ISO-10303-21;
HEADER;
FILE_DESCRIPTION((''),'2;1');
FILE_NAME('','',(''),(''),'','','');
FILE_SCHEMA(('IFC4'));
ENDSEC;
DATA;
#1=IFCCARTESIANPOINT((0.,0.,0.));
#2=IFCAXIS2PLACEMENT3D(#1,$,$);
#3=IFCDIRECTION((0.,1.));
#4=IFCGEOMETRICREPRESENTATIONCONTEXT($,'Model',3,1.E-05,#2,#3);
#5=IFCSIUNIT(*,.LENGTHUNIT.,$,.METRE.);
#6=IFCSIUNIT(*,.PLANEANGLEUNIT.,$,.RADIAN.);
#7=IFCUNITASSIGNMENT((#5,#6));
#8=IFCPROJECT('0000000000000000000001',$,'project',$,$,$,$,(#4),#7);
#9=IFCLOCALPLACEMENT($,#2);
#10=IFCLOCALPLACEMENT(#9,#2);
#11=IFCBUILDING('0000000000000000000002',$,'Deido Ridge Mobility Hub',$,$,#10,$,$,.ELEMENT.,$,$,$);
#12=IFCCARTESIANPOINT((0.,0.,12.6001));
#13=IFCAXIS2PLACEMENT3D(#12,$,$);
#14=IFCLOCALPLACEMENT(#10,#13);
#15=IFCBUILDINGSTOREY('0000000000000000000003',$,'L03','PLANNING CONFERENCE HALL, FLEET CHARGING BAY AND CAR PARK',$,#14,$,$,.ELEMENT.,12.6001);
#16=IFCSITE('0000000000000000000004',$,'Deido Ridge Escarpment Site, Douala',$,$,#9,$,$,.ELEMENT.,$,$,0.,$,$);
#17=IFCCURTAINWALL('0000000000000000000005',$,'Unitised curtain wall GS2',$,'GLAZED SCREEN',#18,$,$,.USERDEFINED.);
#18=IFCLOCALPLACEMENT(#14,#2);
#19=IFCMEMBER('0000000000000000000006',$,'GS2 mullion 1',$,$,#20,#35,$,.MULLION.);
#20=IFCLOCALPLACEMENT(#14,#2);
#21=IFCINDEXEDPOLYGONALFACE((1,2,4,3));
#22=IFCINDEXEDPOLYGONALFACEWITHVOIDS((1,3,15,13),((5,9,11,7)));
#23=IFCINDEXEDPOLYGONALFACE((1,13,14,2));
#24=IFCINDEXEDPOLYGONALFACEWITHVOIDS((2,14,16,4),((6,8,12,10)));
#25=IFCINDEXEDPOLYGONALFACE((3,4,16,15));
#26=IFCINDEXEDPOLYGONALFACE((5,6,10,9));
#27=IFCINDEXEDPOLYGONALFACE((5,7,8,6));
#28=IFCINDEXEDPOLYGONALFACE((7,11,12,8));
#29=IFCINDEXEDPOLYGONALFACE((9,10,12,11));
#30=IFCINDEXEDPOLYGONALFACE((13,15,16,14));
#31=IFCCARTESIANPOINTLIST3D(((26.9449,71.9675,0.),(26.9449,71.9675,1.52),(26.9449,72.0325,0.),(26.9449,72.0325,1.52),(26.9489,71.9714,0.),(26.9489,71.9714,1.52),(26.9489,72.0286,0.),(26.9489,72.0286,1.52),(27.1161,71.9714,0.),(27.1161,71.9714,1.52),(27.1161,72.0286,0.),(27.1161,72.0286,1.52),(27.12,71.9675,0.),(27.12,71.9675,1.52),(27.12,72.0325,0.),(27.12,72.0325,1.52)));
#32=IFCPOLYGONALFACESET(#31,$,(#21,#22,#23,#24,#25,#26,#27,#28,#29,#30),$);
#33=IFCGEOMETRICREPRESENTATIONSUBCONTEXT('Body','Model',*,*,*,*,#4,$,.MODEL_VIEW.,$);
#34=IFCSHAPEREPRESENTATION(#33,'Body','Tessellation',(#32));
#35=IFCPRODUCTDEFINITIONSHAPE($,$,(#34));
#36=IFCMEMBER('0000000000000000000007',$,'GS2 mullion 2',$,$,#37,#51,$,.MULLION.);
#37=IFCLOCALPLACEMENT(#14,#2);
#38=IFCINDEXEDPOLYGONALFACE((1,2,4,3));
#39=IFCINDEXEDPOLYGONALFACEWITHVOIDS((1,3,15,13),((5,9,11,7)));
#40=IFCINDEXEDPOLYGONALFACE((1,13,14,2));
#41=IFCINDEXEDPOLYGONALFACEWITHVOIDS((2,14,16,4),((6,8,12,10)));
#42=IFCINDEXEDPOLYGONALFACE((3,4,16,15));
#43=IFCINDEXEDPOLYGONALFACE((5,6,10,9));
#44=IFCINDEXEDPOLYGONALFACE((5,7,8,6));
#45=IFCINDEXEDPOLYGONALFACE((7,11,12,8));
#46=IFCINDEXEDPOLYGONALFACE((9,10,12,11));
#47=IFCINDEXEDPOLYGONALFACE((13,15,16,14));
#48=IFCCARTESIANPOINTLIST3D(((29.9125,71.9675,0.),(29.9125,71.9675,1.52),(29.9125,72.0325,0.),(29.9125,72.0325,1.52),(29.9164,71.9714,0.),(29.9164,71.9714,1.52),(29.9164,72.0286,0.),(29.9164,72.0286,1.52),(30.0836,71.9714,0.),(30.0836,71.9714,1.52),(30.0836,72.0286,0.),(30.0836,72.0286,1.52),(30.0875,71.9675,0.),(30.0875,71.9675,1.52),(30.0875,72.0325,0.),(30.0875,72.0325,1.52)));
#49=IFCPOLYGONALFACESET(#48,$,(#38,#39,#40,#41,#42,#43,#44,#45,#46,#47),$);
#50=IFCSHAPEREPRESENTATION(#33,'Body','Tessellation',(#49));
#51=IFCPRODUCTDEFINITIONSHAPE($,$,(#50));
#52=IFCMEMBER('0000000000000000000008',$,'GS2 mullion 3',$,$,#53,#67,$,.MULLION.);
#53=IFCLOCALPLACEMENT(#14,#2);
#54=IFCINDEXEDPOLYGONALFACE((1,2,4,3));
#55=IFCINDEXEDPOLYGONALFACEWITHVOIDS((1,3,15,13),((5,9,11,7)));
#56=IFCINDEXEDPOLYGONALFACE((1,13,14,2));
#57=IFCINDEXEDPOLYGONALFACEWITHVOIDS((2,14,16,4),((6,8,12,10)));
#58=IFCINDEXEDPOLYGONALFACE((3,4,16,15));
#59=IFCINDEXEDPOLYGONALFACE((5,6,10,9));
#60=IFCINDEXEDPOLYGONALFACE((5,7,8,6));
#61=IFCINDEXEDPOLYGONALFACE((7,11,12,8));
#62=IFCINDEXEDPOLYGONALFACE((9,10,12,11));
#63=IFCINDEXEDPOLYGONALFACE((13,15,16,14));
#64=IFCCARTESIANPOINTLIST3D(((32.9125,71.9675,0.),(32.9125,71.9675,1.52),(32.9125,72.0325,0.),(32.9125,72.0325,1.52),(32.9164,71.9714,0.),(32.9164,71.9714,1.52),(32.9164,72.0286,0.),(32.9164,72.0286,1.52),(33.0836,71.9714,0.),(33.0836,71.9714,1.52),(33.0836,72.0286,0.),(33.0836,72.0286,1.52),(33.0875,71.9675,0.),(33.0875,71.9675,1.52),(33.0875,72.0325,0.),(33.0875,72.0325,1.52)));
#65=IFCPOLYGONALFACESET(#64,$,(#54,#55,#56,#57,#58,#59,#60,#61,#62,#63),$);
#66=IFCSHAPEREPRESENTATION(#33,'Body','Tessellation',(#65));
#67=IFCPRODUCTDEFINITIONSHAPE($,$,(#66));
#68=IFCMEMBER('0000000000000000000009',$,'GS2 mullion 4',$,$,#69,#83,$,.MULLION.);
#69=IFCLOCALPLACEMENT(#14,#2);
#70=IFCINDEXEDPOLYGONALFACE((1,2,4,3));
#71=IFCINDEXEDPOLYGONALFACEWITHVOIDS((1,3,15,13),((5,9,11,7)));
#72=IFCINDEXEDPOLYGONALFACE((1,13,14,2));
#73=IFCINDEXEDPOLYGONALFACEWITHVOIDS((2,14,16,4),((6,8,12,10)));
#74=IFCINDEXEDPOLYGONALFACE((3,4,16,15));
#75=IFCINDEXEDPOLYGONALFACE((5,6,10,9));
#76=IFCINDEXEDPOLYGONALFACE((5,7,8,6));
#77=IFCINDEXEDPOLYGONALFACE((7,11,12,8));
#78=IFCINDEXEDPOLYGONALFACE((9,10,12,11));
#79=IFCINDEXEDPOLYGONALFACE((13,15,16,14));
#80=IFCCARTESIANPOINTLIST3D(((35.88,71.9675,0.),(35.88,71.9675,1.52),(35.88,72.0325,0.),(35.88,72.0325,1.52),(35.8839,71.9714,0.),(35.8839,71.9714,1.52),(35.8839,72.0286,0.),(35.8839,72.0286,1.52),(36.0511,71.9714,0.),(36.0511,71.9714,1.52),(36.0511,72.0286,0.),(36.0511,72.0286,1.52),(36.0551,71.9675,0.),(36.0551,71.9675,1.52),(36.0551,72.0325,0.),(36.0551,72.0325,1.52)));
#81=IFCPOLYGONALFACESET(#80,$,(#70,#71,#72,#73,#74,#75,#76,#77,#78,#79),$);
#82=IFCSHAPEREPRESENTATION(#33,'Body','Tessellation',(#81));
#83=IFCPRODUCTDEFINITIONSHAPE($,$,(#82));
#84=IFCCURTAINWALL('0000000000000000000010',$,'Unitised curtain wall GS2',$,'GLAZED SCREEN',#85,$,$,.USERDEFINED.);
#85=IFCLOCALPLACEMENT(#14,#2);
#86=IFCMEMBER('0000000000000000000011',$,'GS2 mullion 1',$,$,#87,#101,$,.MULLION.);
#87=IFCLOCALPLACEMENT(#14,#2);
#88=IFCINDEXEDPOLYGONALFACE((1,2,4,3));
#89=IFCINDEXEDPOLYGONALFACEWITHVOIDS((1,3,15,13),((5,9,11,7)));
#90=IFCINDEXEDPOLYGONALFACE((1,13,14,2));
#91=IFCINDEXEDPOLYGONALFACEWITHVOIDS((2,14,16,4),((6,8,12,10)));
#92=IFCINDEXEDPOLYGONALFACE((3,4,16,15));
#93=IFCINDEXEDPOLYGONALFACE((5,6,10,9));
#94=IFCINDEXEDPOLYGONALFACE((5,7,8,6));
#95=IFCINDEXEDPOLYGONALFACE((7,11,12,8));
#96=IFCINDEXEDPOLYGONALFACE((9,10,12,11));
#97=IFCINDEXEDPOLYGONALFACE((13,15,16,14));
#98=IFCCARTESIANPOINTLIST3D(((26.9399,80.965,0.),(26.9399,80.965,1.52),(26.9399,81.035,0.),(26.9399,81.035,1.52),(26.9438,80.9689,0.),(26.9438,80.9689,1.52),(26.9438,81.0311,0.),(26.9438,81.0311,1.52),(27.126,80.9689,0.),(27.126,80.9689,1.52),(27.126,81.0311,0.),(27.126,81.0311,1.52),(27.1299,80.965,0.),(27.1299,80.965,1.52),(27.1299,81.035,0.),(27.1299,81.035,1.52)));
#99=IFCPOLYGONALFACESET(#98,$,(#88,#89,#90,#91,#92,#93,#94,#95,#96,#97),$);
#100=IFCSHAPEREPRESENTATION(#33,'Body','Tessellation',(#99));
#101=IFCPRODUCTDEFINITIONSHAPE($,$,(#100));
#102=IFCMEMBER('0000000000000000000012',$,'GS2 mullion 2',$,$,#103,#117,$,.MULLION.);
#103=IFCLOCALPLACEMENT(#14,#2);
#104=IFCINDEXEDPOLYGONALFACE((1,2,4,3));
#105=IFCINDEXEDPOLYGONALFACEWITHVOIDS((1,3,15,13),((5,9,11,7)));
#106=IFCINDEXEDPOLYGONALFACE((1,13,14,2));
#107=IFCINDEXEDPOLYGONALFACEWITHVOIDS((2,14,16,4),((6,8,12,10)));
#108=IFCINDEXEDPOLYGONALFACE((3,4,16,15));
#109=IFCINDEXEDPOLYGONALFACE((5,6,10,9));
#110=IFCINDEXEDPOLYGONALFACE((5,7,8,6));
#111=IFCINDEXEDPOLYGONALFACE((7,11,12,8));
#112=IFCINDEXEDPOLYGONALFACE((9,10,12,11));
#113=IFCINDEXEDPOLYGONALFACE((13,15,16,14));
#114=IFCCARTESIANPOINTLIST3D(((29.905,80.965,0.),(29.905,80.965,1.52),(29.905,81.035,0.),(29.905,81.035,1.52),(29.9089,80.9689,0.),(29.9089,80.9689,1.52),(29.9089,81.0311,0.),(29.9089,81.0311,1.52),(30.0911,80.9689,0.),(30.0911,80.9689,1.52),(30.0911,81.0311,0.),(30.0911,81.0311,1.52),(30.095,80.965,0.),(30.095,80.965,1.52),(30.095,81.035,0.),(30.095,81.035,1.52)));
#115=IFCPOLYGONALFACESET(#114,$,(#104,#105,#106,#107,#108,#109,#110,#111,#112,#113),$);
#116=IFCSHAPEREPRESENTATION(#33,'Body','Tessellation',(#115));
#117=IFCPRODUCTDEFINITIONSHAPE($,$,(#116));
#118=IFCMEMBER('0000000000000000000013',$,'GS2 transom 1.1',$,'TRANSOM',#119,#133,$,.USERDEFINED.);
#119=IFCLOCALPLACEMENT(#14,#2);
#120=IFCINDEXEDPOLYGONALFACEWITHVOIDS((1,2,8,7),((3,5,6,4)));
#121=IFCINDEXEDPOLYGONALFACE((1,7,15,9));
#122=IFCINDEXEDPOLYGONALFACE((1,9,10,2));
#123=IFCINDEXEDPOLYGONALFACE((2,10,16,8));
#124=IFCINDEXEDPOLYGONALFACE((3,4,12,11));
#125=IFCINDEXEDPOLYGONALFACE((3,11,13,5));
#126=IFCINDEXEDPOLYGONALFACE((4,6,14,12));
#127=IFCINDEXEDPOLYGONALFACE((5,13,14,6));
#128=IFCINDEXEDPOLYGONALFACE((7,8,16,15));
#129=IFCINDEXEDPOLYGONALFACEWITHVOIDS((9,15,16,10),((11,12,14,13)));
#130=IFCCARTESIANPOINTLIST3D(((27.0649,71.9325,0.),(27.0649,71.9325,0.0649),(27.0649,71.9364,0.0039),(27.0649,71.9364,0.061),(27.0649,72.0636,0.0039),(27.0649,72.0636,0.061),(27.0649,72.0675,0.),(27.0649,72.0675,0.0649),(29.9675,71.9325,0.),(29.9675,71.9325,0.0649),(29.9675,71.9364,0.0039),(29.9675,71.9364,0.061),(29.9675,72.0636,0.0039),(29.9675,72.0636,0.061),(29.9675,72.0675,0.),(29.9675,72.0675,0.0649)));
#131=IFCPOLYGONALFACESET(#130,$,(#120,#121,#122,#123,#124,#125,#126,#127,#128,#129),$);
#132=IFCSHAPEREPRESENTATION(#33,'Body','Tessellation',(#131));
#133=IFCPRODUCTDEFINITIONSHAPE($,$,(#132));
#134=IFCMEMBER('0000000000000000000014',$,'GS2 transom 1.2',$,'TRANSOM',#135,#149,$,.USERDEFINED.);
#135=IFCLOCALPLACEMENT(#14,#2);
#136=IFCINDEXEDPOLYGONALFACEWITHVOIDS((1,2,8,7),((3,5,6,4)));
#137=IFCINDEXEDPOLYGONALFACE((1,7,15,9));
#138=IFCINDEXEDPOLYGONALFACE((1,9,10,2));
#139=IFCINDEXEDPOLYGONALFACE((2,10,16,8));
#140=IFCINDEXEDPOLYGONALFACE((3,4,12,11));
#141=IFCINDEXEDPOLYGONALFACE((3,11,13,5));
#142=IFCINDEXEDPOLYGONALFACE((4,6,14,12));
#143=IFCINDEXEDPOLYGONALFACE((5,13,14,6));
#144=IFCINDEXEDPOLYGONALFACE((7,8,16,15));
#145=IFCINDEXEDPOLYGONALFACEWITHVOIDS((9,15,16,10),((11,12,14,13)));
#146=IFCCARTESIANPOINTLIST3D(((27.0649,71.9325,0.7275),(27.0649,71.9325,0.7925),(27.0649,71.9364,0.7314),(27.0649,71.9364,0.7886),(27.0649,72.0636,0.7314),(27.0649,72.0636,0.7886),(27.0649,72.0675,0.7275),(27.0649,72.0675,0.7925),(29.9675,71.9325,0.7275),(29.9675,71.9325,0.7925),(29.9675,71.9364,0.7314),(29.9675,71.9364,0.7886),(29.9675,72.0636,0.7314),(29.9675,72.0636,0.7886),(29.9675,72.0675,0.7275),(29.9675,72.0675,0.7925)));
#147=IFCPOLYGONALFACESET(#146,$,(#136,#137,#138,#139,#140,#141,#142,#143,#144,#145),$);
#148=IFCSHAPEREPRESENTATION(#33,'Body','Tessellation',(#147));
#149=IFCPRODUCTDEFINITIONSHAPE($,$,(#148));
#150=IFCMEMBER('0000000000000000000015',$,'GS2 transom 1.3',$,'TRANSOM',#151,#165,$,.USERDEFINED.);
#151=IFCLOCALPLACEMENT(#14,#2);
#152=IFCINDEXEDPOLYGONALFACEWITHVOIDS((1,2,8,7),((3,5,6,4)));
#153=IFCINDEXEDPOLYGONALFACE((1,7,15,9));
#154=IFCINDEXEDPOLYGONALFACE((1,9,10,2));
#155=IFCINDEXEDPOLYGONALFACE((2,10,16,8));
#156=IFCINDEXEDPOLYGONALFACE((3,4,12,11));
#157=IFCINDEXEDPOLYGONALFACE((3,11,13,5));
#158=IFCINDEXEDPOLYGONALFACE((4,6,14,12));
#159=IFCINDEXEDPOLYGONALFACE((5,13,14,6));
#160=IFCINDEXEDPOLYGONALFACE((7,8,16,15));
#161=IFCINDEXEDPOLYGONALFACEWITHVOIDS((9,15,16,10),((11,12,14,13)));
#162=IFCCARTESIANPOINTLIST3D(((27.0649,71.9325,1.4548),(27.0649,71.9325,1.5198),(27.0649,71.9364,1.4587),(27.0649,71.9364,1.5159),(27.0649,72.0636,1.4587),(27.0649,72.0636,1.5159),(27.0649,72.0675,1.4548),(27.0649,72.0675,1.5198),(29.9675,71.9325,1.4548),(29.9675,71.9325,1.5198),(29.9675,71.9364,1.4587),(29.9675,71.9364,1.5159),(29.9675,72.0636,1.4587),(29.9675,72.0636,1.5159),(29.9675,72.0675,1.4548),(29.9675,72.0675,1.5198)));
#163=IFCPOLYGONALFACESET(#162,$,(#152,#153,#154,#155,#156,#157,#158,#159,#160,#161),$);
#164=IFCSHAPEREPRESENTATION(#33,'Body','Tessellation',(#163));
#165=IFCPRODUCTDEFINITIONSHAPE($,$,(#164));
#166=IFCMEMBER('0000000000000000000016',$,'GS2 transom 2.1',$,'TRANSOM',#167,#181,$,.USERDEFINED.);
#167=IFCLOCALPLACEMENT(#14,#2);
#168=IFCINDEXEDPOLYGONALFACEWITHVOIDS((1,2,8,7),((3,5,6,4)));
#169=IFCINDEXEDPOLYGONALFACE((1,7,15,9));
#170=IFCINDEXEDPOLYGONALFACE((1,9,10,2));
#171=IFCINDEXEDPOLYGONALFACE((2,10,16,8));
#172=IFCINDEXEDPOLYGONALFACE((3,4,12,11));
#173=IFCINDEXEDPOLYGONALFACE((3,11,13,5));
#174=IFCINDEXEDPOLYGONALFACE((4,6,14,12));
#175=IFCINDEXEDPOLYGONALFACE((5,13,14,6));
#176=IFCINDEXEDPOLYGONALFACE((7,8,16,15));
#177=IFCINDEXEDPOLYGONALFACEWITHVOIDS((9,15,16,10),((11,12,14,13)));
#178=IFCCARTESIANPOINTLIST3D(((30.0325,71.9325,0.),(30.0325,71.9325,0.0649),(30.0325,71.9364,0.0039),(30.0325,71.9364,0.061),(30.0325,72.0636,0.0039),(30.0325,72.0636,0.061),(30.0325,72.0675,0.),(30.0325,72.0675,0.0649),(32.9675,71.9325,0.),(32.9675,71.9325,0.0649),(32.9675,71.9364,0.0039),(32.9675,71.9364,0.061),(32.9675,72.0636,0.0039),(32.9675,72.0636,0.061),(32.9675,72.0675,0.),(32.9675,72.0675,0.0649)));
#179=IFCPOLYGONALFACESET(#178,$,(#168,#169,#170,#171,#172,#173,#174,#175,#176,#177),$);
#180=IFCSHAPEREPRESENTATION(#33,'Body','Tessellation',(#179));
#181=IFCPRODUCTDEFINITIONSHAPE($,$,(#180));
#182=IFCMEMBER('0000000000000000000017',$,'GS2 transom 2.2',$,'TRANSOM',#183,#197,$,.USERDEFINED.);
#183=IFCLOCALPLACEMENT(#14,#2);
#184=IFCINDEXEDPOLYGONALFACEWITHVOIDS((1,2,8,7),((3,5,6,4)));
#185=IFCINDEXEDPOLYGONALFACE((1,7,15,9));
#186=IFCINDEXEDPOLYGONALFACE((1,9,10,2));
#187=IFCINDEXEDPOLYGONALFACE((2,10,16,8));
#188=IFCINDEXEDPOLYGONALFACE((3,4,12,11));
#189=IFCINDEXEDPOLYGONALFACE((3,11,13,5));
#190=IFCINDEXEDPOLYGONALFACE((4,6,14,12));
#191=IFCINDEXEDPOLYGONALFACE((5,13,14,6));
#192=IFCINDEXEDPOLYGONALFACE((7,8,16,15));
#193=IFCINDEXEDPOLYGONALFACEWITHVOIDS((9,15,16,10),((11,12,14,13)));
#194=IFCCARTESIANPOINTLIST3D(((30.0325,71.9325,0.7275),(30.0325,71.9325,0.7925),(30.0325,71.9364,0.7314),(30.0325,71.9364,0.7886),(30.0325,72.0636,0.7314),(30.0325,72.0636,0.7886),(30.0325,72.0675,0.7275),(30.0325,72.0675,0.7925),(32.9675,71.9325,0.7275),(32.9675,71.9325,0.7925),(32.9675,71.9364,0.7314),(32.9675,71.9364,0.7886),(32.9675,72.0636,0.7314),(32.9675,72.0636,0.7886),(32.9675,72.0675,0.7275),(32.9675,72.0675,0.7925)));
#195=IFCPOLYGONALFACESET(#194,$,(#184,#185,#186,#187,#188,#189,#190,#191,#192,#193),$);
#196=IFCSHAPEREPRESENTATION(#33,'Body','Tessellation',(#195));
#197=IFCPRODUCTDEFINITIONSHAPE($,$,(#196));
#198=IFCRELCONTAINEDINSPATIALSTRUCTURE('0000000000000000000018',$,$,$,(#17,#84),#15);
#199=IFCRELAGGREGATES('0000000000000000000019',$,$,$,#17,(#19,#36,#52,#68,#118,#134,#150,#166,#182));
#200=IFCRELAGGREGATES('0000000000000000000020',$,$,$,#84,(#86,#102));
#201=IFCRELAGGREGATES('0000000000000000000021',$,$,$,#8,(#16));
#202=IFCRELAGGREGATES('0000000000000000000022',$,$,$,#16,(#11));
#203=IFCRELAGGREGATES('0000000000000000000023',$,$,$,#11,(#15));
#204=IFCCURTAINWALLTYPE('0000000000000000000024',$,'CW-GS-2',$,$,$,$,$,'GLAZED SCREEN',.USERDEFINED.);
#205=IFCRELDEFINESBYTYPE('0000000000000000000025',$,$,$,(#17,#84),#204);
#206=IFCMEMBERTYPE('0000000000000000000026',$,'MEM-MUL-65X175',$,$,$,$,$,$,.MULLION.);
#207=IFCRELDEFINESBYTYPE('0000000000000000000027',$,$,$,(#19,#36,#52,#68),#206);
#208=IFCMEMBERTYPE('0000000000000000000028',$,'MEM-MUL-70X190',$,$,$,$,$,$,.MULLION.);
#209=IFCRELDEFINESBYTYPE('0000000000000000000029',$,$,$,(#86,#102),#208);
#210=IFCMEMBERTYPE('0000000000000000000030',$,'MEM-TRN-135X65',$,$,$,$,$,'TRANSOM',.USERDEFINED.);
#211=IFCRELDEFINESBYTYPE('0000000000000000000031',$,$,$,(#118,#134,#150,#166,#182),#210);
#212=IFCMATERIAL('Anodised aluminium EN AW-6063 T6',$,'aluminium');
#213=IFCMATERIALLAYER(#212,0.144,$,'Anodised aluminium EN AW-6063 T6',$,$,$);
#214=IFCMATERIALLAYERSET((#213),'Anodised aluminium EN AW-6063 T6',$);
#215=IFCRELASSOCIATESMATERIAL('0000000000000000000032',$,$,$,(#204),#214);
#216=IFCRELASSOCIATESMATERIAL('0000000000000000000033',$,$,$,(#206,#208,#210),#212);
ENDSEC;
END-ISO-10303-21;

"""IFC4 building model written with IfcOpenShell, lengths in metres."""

from ifc_helpers import new_model, si_unit, direction, frame, origin, origin_2d, place, context, subcontext, project, spatial, hollow_rectangle, extrude, material, layer, layer_set, material_profile, profile_set, type_object, element, aggregate, save


model = new_model("IFC4")

# Units and contexts
model_context = context("Model", 3, precision=1e-05, world=origin(), true_north=direction((0.0, 1.0)))
body_context = subcontext(model_context, "Body", "Model", "MODEL_VIEW")
ifc_project = project(units=[si_unit("LENGTHUNIT", "METRE"), si_unit("PLANEANGLEUNIT", "RADIAN")], contexts=[model_context])

# Site, building, storey
site_placement = place(None, origin())
site = spatial("IfcSite", under=ifc_project, at=site_placement, Name="Deido Ridge Escarpment Site, Douala", CompositionType="ELEMENT", RefElevation=0.0)
building_placement = place(site_placement, origin())
building = spatial("IfcBuilding", under=site, at=building_placement, Name="Deido Ridge Mobility Hub", CompositionType="ELEMENT")
storey_placement = place(building_placement, frame((0.0, 0.0, 12.6001)))
storey = spatial("IfcBuildingStorey", under=building, at=storey_placement, Name="L03", Description="PLANNING CONFERENCE HALL, FLEET CHARGING BAY AND CAR PARK", CompositionType="ELEMENT", Elevation=12.6001)

# Curtain walls, members
ifc_material_1 = material(Name="Anodised aluminium EN AW-6063 T6", Category="aluminium")
ifc_layer_1 = layer(ifc_material_1, 0.144, Name="Anodised aluminium EN AW-6063 T6")
ifc_layer_set_1 = layer_set([ifc_layer_1], Name="Anodised aluminium EN AW-6063 T6")
curtain_wall_type = type_object("IfcCurtainWallType", Name="CW-GS-2", ElementType="GLAZED SCREEN", PredefinedType="USERDEFINED", material=ifc_layer_set_1)
curtain_wall_1_placement = place(storey_placement, origin())
curtain_wall_1 = element("IfcCurtainWall", 1, at=curtain_wall_1_placement, inside=storey, type_object=curtain_wall_type, Name="Unitised curtain wall GS2", ObjectType="GLAZED SCREEN", PredefinedType="USERDEFINED")
ifc_material_profile_1 = material_profile(ifc_material_1, hollow_rectangle(XDim=0.0649, YDim=0.175, WallThickness=0.0039, at=origin_2d()), Name="RHS 65x175x4")
ifc_profile_set_1 = profile_set([ifc_material_profile_1], Name="Anodised aluminium EN AW-6063 T6")
member_type_1 = type_object("IfcMemberType", Name="MEM-MUL-65X175", PredefinedType="MULLION", material=ifc_profile_set_1)
member_1_placement = place(storey_placement, frame((27.0325, 72.0, 0.0), z_axis=(0.0, 0.0, 1.0), x_axis=(0.0, 1.0, 0.0)))
member_1 = element("IfcMember", 2, at=member_1_placement, type_object=member_type_1, Name="GS2 mullion 1", PredefinedType="MULLION", context=body_context, shape_type="SweptSolid", body=[
    extrude(hollow_rectangle(XDim=0.0649, YDim=0.175, WallThickness=0.0039, at=origin_2d()), origin(), (0.0, 0.0, 1.0), 1.52),
])
member_2_placement = place(storey_placement, frame((30.0, 72.0, 0.0), z_axis=(0.0, 0.0, 1.0), x_axis=(0.0, 1.0, 0.0)))
member_2 = element("IfcMember", 3, at=member_2_placement, type_object=member_type_1, Name="GS2 mullion 2", PredefinedType="MULLION", context=body_context, shape_type="SweptSolid", body=[
    extrude(hollow_rectangle(XDim=0.0649, YDim=0.175, WallThickness=0.0039, at=origin_2d()), origin(), (0.0, 0.0, 1.0), 1.52),
])
member_3_placement = place(storey_placement, frame((33.0, 72.0, 0.0), z_axis=(0.0, 0.0, 1.0), x_axis=(0.0, 1.0, 0.0)))
member_3 = element("IfcMember", 4, at=member_3_placement, type_object=member_type_1, Name="GS2 mullion 3", PredefinedType="MULLION", context=body_context, shape_type="SweptSolid", body=[
    extrude(hollow_rectangle(XDim=0.0649, YDim=0.175, WallThickness=0.0039, at=origin_2d()), origin(), (0.0, 0.0, 1.0), 1.52),
])
member_4_placement = place(storey_placement, frame((35.9675, 72.0, 0.0), z_axis=(0.0, 0.0, 1.0), x_axis=(0.0, 1.0, 0.0)))
member_4 = element("IfcMember", 5, at=member_4_placement, type_object=member_type_1, Name="GS2 mullion 4", PredefinedType="MULLION", context=body_context, shape_type="SweptSolid", body=[
    extrude(hollow_rectangle(XDim=0.0649, YDim=0.175, WallThickness=0.0039, at=origin_2d()), origin(), (0.0, 0.0, 1.0), 1.52),
])
curtain_wall_2_placement = place(storey_placement, origin())
curtain_wall_2 = element("IfcCurtainWall", 6, at=curtain_wall_2_placement, inside=storey, type_object=curtain_wall_type, Name="Unitised curtain wall GS2", ObjectType="GLAZED SCREEN", PredefinedType="USERDEFINED")
ifc_material_profile_2 = material_profile(ifc_material_1, hollow_rectangle(XDim=0.0701, YDim=0.1899, WallThickness=0.0039, at=origin_2d()), Name="RHS 70x190x4")
ifc_profile_set_2 = profile_set([ifc_material_profile_2], Name="Anodised aluminium EN AW-6063 T6")
member_type_2 = type_object("IfcMemberType", Name="MEM-MUL-70X190", PredefinedType="MULLION", material=ifc_profile_set_2)
member_5_placement = place(storey_placement, frame((27.0349, 81.0, 0.0), z_axis=(0.0, 0.0, 1.0), x_axis=(0.0, 1.0, 0.0)))
member_5 = element("IfcMember", 7, at=member_5_placement, type_object=member_type_2, Name="GS2 mullion 1", PredefinedType="MULLION", context=body_context, shape_type="SweptSolid", body=[
    extrude(hollow_rectangle(XDim=0.0701, YDim=0.1899, WallThickness=0.0039, at=origin_2d()), origin(), (0.0, 0.0, 1.0), 1.52),
])
member_6_placement = place(storey_placement, frame((30.0, 81.0, 0.0), z_axis=(0.0, 0.0, 1.0), x_axis=(0.0, 1.0, 0.0)))
member_6 = element("IfcMember", 8, at=member_6_placement, type_object=member_type_2, Name="GS2 mullion 2", PredefinedType="MULLION", context=body_context, shape_type="SweptSolid", body=[
    extrude(hollow_rectangle(XDim=0.0701, YDim=0.1899, WallThickness=0.0039, at=origin_2d()), origin(), (0.0, 0.0, 1.0), 1.52),
])

# Members
ifc_material_profile_3 = material_profile(ifc_material_1, hollow_rectangle(XDim=0.135, YDim=0.0649, WallThickness=0.0039, at=origin_2d()), Name="RHS 135x65x4")
ifc_profile_set_3 = profile_set([ifc_material_profile_3], Name="Anodised aluminium EN AW-6063 T6")
member_type_3 = type_object("IfcMemberType", Name="MEM-TRN-135X65", ElementType="TRANSOM", PredefinedType="USERDEFINED", material=ifc_profile_set_3)
member_7_placement = place(storey_placement, frame((27.0649, 72.0, 0.0325), z_axis=(1.0, 0.0, 0.0), x_axis=(0.0, 1.0, 0.0)))
member_7 = element("IfcMember", 9, at=member_7_placement, type_object=member_type_3, Name="GS2 transom 1.1", ObjectType="TRANSOM", PredefinedType="USERDEFINED", context=body_context, shape_type="SweptSolid", body=[
    extrude(hollow_rectangle(XDim=0.135, YDim=0.0649, WallThickness=0.0039, at=origin_2d()), origin(), (0.0, 0.0, 1.0), 2.9026),
])
member_8_placement = place(storey_placement, frame((27.0649, 72.0, 0.76), z_axis=(1.0, 0.0, 0.0), x_axis=(0.0, 1.0, 0.0)))
member_8 = element("IfcMember", 10, at=member_8_placement, type_object=member_type_3, Name="GS2 transom 1.2", ObjectType="TRANSOM", PredefinedType="USERDEFINED", context=body_context, shape_type="SweptSolid", body=[
    extrude(hollow_rectangle(XDim=0.135, YDim=0.0649, WallThickness=0.0039, at=origin_2d()), origin(), (0.0, 0.0, 1.0), 2.9026),
])
member_9_placement = place(storey_placement, frame((27.0649, 72.0, 1.4873), z_axis=(1.0, 0.0, 0.0), x_axis=(0.0, 1.0, 0.0)))
member_9 = element("IfcMember", 11, at=member_9_placement, type_object=member_type_3, Name="GS2 transom 1.3", ObjectType="TRANSOM", PredefinedType="USERDEFINED", context=body_context, shape_type="SweptSolid", body=[
    extrude(hollow_rectangle(XDim=0.135, YDim=0.0649, WallThickness=0.0039, at=origin_2d()), origin(), (0.0, 0.0, 1.0), 2.9026),
])
member_10_placement = place(storey_placement, frame((30.0325, 72.0, 0.0325), z_axis=(1.0, 0.0, 0.0), x_axis=(0.0, 1.0, 0.0)))
member_10 = element("IfcMember", 12, at=member_10_placement, type_object=member_type_3, Name="GS2 transom 2.1", ObjectType="TRANSOM", PredefinedType="USERDEFINED", context=body_context, shape_type="SweptSolid", body=[
    extrude(hollow_rectangle(XDim=0.135, YDim=0.0649, WallThickness=0.0039, at=origin_2d()), origin(), (0.0, 0.0, 1.0), 2.9351),
])
member_11_placement = place(storey_placement, frame((30.0325, 72.0, 0.76), z_axis=(1.0, 0.0, 0.0), x_axis=(0.0, 1.0, 0.0)))
member_11 = element("IfcMember", 13, at=member_11_placement, type_object=member_type_3, Name="GS2 transom 2.2", ObjectType="TRANSOM", PredefinedType="USERDEFINED", context=body_context, shape_type="SweptSolid", body=[
    extrude(hollow_rectangle(XDim=0.135, YDim=0.0649, WallThickness=0.0039, at=origin_2d()), origin(), (0.0, 0.0, 1.0), 2.9351),
])

aggregate(curtain_wall_1, [member_1, member_2, member_3, member_4, member_7, member_8, member_9, member_10, member_11])
aggregate(curtain_wall_2, [member_5, member_6])

save(model, "model.ifc")
